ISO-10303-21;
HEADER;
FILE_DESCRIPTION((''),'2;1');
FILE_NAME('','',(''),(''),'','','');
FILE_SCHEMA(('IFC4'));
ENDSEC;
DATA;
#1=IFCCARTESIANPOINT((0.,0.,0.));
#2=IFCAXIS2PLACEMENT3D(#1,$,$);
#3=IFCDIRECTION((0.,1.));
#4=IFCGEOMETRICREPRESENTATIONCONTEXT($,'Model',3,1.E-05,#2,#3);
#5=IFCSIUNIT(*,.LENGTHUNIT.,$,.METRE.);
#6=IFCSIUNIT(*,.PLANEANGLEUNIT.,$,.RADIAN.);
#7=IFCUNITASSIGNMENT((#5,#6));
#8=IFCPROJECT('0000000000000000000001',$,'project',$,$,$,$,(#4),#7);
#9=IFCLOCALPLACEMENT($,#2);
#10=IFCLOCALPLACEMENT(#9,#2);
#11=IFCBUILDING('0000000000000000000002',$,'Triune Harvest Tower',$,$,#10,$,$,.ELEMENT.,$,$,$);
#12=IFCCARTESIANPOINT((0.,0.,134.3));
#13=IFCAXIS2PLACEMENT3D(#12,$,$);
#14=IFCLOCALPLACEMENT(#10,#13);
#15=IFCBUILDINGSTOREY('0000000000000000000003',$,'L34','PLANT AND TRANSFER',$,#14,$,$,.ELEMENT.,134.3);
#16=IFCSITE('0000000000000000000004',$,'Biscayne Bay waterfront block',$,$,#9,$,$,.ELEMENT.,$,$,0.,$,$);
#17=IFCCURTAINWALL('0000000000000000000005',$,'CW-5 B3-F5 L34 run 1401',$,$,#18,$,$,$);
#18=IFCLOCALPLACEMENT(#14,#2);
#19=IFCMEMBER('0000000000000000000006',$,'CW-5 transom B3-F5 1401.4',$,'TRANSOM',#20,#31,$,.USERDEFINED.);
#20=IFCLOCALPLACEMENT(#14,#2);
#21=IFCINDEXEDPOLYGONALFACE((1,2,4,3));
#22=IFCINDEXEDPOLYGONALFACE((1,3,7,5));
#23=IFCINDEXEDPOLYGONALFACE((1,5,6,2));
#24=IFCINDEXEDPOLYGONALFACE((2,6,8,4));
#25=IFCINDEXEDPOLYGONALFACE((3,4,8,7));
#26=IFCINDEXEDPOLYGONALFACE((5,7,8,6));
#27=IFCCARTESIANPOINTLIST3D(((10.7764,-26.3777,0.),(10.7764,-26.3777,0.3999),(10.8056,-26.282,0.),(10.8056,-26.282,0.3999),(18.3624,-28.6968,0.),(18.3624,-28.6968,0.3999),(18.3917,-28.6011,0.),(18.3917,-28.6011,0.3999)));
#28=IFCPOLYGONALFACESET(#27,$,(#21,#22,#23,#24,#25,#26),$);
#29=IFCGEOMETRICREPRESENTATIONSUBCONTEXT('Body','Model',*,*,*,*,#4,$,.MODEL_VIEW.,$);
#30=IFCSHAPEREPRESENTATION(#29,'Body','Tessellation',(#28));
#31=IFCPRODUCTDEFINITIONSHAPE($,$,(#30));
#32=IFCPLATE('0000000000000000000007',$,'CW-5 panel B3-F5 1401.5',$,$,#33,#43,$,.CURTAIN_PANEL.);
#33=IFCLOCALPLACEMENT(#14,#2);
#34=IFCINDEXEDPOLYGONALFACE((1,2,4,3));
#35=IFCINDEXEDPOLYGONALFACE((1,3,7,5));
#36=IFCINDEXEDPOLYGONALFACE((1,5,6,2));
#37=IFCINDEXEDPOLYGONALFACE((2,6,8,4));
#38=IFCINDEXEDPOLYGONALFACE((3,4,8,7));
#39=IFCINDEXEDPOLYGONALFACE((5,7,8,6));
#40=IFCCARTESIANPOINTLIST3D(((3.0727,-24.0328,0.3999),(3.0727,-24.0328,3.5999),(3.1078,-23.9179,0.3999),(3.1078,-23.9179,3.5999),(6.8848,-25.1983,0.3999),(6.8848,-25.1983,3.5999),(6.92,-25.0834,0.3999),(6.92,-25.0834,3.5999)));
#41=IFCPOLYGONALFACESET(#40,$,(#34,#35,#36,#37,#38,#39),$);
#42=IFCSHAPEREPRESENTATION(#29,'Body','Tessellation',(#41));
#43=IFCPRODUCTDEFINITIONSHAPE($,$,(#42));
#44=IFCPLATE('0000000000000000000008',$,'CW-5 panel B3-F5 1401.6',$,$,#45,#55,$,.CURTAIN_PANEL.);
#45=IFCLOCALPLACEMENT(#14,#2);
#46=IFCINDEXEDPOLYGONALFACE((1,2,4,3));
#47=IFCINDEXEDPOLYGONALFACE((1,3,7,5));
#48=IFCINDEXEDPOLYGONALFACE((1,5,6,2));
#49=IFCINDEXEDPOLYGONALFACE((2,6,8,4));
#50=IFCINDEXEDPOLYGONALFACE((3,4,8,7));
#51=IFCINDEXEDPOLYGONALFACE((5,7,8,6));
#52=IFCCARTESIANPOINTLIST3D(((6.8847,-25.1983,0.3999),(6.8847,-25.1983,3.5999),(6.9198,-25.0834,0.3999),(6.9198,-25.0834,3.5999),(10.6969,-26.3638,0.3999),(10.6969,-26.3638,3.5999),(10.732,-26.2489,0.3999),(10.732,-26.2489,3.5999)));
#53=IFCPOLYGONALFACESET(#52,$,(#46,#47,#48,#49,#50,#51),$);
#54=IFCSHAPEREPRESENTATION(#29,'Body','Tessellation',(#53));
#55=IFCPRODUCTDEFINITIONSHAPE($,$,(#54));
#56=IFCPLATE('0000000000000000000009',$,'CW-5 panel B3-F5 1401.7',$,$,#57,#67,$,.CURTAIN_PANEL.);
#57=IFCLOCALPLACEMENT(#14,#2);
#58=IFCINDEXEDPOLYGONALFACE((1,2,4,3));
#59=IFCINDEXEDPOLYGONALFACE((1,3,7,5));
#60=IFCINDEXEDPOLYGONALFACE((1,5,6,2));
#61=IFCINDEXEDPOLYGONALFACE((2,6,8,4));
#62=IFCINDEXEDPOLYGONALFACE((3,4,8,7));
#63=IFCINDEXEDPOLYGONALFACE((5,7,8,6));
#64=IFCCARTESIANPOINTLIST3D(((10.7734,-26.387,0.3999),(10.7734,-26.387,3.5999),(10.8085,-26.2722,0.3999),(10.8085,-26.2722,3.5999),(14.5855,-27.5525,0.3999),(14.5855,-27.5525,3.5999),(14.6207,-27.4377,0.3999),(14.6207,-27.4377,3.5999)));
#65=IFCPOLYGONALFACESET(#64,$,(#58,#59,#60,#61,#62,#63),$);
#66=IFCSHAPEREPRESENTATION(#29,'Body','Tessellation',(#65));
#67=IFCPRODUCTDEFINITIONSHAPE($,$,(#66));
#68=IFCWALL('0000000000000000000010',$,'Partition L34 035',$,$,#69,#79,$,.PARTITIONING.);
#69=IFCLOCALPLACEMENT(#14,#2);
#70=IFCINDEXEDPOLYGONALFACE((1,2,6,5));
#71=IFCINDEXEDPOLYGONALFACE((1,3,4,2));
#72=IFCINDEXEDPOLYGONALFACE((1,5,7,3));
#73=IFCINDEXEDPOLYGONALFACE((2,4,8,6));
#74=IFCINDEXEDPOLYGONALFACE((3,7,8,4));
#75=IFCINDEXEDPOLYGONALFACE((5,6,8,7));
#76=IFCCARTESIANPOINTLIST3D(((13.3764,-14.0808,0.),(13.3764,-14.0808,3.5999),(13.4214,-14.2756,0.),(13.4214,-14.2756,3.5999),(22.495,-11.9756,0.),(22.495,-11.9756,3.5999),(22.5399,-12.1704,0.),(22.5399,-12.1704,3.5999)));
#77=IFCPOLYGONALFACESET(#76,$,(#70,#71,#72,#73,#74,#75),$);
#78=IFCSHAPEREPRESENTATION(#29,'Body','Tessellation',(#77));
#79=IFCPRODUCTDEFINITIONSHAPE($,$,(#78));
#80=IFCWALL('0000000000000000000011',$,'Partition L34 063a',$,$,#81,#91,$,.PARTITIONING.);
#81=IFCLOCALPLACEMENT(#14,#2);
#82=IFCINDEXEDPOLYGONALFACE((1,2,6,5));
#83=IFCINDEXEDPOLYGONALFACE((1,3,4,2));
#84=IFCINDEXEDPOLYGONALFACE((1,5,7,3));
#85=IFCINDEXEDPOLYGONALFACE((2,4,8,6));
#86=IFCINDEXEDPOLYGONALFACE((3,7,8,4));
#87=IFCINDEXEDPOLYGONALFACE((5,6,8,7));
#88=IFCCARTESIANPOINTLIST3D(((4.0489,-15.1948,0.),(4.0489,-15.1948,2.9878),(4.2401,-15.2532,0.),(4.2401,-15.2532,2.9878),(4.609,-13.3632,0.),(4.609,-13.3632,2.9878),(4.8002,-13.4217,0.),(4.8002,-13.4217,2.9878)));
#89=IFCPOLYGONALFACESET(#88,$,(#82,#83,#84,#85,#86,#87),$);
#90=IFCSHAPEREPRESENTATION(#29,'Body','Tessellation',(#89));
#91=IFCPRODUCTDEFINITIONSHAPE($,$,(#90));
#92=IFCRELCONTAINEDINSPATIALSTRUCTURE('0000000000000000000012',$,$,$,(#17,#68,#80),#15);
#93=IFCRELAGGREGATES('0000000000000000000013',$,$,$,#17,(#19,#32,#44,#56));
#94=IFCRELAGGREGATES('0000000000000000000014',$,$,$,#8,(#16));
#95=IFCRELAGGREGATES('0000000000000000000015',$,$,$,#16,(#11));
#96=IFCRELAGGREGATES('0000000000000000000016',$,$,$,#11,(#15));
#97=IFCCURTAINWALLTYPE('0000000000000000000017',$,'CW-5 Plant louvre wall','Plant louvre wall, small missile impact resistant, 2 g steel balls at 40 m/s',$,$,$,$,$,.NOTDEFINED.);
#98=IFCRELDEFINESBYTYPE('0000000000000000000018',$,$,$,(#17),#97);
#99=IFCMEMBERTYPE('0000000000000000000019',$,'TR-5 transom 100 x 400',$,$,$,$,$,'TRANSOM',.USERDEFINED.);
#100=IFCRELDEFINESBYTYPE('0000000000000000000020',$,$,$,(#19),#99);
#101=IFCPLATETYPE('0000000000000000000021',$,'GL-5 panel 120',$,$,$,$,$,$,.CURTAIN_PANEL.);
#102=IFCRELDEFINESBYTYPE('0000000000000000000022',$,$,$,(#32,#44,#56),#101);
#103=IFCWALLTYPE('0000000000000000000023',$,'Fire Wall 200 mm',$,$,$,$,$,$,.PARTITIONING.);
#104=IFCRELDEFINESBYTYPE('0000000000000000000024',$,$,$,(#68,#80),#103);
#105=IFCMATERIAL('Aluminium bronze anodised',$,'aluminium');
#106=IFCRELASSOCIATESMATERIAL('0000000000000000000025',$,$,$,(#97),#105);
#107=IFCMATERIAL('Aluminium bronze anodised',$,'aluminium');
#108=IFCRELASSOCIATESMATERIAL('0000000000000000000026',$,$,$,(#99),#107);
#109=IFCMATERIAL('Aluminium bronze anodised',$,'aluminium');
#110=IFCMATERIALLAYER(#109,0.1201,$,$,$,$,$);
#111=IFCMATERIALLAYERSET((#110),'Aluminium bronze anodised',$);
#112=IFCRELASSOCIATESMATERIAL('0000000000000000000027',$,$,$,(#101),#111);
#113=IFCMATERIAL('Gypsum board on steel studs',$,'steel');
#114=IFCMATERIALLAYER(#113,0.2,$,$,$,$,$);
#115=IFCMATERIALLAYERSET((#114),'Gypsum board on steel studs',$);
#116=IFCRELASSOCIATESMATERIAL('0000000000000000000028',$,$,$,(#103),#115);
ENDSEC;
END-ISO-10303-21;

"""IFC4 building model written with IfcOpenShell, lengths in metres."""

from ifc_helpers import new_model, si_unit, direction, frame, frame_2d, origin, origin_2d, place, context, subcontext, project, spatial, rectangle, extrude, source, transform, mapped, material, layer, layer_set, material_profile, profile_set, type_object, element, aggregate, save


model = new_model("IFC4")

# Units and contexts
model_context = context("Model", 3, precision=1e-05, world=origin(), true_north=direction((0.0, 1.0)))
body_context = subcontext(model_context, "Body", "Model", "MODEL_VIEW")
ifc_project = project(units=[si_unit("LENGTHUNIT", "METRE"), si_unit("PLANEANGLEUNIT", "RADIAN")], contexts=[model_context])

# Site, building, storey
site_placement = place(None, origin())
site = spatial("IfcSite", under=ifc_project, at=site_placement, Name="Biscayne Bay waterfront block", CompositionType="ELEMENT", RefElevation=0.0)
building_placement = place(site_placement, origin())
building = spatial("IfcBuilding", under=site, at=building_placement, Name="Triune Harvest Tower", CompositionType="ELEMENT")
storey_placement = place(building_placement, frame((0.0, 0.0, 134.3)))
storey = spatial("IfcBuildingStorey", under=building, at=storey_placement, Name="L34", Description="PLANT AND TRANSFER", CompositionType="ELEMENT", Elevation=134.3)

# Curtain wall, member, plates
ifc_material_1 = material(Name="Aluminium bronze anodised", Category="aluminium")
curtain_wall_type = type_object("IfcCurtainWallType", Name="CW-5 Plant louvre wall", Description="Plant louvre wall, small missile impact resistant, 2 g steel balls at 40 m/s", PredefinedType="NOTDEFINED", material=ifc_material_1)
curtain_wall_placement = place(storey_placement, origin())
curtain_wall = element("IfcCurtainWall", 1, at=curtain_wall_placement, inside=storey, type_object=curtain_wall_type, Name="CW-5 B3-F5 L34 run 1401")
ifc_material_2 = material(Name="Aluminium bronze anodised", Category="aluminium")
ifc_material_profile_1 = material_profile(ifc_material_2, rectangle(XDim=0.1001, YDim=0.3999, at=origin_2d()), Name="TR-5 transom 100 x 400")
ifc_profile_set_1 = profile_set([ifc_material_profile_1], Name="Aluminium bronze anodised")
member_type_1 = type_object("IfcMemberType", Name="TR-5 transom 100 x 400", ElementType="TRANSOM", PredefinedType="USERDEFINED", material=ifc_profile_set_1)
shared_shape_1 = source(origin(), body_context, "Body", "SweptSolid", [
    extrude(rectangle(XDim=0.1001, YDim=0.3999, at=origin_2d()), origin(), (0.0, 0.0, 1.0), 7.9326),
])
member_1_placement = place(storey_placement, frame((10.791, -26.3298, 0.2), z_axis=(0.95631, -0.292353, 0.0), x_axis=(0.292353, 0.95631, 0.0)))
member_1 = element("IfcMember", 2, at=member_1_placement, type_object=member_type_1, Name="CW-5 transom B3-F5 1401.4", ObjectType="TRANSOM", PredefinedType="USERDEFINED", context=body_context, shape_type="MappedRepresentation", body=[
    mapped(shared_shape_1, transform((0.0, 0.0, 0.0), scale=1.0)),
])
ifc_material_3 = material(Name="Aluminium bronze anodised", Category="aluminium")
ifc_layer_1 = layer(ifc_material_3, 0.1201)
ifc_layer_set_1 = layer_set([ifc_layer_1], Name="Aluminium bronze anodised")
plate_type = type_object("IfcPlateType", Name="GL-5 panel 120", PredefinedType="CURTAIN_PANEL", material=ifc_layer_set_1)
shared_shape_2 = source(origin(), body_context, "Body", "SweptSolid", [
    extrude(rectangle(XDim=3.9863, YDim=0.1201, at=origin_2d()), origin(), (0.0, 0.0, 1.0), 3.2),
])
plate_1_placement = place(storey_placement, frame((4.9963, -24.5581, 0.3999), z_axis=(0.0, 0.0, 1.0), x_axis=(0.956304, -0.292374, 0.0)))
plate_1 = element("IfcPlate", 3, at=plate_1_placement, type_object=plate_type, Name="CW-5 panel B3-F5 1401.5", PredefinedType="CURTAIN_PANEL", context=body_context, shape_type="MappedRepresentation", body=[
    mapped(shared_shape_2, transform((0.0, 0.0, 0.0), scale=1.0)),
])
plate_2_placement = place(storey_placement, frame((8.8083, -25.7236, 0.3999), z_axis=(0.0, 0.0, 1.0), x_axis=(0.956304, -0.292374, 0.0)))
plate_2 = element("IfcPlate", 4, at=plate_2_placement, type_object=plate_type, Name="CW-5 panel B3-F5 1401.6", PredefinedType="CURTAIN_PANEL", context=body_context, shape_type="MappedRepresentation", body=[
    mapped(shared_shape_2, transform((0.0, 0.0, 0.0), scale=1.0)),
])
plate_3_placement = place(storey_placement, frame((12.697, -26.9124, 0.3999), z_axis=(0.0, 0.0, 1.0), x_axis=(0.956304, -0.292374, 0.0)))
plate_3 = element("IfcPlate", 5, at=plate_3_placement, type_object=plate_type, Name="CW-5 panel B3-F5 1401.7", PredefinedType="CURTAIN_PANEL", context=body_context, shape_type="MappedRepresentation", body=[
    mapped(shared_shape_2, transform((0.0, 0.0, 0.0), scale=1.0)),
])
aggregate(curtain_wall, [member_1, plate_1, plate_2, plate_3])

# Walls
ifc_material_4 = material(Name="Gypsum board on steel studs", Category="steel")
ifc_layer_2 = layer(ifc_material_4, 0.2)
ifc_layer_set_2 = layer_set([ifc_layer_2], Name="Gypsum board on steel studs")
wall_type = type_object("IfcWallType", Name="Fire Wall 200 mm", PredefinedType="PARTITIONING", material=ifc_layer_set_2)
wall_1_placement = place(storey_placement, frame((13.3989, -14.1782, 0.0), z_axis=(0.0, 0.0, 1.0), x_axis=(0.974368, 0.224959, 0.0)))
element("IfcWall", 6, at=wall_1_placement, inside=storey, type_object=wall_type, Name="Partition L34 035", PredefinedType="PARTITIONING", context=body_context, shape_type="SweptSolid", body=[
    extrude(rectangle(XDim=9.3584, YDim=0.2, at=frame_2d((4.6792, 0.0))), origin(), (0.0, 0.0, 1.0), 3.5999),
])
wall_2_placement = place(storey_placement, frame((4.1445, -15.2239, 0.0), z_axis=(0.0, 0.0, 1.0), x_axis=(0.292419, 0.95629, 0.0)))
element("IfcWall", 7, at=wall_2_placement, inside=storey, type_object=wall_type, Name="Partition L34 063a", PredefinedType="PARTITIONING", context=body_context, shape_type="SweptSolid", body=[
    extrude(rectangle(XDim=1.9153, YDim=0.2, at=frame_2d((0.9575, 0.0))), origin(), (0.0, 0.0, 1.0), 2.9878),
])

save(model, "model.ifc")
